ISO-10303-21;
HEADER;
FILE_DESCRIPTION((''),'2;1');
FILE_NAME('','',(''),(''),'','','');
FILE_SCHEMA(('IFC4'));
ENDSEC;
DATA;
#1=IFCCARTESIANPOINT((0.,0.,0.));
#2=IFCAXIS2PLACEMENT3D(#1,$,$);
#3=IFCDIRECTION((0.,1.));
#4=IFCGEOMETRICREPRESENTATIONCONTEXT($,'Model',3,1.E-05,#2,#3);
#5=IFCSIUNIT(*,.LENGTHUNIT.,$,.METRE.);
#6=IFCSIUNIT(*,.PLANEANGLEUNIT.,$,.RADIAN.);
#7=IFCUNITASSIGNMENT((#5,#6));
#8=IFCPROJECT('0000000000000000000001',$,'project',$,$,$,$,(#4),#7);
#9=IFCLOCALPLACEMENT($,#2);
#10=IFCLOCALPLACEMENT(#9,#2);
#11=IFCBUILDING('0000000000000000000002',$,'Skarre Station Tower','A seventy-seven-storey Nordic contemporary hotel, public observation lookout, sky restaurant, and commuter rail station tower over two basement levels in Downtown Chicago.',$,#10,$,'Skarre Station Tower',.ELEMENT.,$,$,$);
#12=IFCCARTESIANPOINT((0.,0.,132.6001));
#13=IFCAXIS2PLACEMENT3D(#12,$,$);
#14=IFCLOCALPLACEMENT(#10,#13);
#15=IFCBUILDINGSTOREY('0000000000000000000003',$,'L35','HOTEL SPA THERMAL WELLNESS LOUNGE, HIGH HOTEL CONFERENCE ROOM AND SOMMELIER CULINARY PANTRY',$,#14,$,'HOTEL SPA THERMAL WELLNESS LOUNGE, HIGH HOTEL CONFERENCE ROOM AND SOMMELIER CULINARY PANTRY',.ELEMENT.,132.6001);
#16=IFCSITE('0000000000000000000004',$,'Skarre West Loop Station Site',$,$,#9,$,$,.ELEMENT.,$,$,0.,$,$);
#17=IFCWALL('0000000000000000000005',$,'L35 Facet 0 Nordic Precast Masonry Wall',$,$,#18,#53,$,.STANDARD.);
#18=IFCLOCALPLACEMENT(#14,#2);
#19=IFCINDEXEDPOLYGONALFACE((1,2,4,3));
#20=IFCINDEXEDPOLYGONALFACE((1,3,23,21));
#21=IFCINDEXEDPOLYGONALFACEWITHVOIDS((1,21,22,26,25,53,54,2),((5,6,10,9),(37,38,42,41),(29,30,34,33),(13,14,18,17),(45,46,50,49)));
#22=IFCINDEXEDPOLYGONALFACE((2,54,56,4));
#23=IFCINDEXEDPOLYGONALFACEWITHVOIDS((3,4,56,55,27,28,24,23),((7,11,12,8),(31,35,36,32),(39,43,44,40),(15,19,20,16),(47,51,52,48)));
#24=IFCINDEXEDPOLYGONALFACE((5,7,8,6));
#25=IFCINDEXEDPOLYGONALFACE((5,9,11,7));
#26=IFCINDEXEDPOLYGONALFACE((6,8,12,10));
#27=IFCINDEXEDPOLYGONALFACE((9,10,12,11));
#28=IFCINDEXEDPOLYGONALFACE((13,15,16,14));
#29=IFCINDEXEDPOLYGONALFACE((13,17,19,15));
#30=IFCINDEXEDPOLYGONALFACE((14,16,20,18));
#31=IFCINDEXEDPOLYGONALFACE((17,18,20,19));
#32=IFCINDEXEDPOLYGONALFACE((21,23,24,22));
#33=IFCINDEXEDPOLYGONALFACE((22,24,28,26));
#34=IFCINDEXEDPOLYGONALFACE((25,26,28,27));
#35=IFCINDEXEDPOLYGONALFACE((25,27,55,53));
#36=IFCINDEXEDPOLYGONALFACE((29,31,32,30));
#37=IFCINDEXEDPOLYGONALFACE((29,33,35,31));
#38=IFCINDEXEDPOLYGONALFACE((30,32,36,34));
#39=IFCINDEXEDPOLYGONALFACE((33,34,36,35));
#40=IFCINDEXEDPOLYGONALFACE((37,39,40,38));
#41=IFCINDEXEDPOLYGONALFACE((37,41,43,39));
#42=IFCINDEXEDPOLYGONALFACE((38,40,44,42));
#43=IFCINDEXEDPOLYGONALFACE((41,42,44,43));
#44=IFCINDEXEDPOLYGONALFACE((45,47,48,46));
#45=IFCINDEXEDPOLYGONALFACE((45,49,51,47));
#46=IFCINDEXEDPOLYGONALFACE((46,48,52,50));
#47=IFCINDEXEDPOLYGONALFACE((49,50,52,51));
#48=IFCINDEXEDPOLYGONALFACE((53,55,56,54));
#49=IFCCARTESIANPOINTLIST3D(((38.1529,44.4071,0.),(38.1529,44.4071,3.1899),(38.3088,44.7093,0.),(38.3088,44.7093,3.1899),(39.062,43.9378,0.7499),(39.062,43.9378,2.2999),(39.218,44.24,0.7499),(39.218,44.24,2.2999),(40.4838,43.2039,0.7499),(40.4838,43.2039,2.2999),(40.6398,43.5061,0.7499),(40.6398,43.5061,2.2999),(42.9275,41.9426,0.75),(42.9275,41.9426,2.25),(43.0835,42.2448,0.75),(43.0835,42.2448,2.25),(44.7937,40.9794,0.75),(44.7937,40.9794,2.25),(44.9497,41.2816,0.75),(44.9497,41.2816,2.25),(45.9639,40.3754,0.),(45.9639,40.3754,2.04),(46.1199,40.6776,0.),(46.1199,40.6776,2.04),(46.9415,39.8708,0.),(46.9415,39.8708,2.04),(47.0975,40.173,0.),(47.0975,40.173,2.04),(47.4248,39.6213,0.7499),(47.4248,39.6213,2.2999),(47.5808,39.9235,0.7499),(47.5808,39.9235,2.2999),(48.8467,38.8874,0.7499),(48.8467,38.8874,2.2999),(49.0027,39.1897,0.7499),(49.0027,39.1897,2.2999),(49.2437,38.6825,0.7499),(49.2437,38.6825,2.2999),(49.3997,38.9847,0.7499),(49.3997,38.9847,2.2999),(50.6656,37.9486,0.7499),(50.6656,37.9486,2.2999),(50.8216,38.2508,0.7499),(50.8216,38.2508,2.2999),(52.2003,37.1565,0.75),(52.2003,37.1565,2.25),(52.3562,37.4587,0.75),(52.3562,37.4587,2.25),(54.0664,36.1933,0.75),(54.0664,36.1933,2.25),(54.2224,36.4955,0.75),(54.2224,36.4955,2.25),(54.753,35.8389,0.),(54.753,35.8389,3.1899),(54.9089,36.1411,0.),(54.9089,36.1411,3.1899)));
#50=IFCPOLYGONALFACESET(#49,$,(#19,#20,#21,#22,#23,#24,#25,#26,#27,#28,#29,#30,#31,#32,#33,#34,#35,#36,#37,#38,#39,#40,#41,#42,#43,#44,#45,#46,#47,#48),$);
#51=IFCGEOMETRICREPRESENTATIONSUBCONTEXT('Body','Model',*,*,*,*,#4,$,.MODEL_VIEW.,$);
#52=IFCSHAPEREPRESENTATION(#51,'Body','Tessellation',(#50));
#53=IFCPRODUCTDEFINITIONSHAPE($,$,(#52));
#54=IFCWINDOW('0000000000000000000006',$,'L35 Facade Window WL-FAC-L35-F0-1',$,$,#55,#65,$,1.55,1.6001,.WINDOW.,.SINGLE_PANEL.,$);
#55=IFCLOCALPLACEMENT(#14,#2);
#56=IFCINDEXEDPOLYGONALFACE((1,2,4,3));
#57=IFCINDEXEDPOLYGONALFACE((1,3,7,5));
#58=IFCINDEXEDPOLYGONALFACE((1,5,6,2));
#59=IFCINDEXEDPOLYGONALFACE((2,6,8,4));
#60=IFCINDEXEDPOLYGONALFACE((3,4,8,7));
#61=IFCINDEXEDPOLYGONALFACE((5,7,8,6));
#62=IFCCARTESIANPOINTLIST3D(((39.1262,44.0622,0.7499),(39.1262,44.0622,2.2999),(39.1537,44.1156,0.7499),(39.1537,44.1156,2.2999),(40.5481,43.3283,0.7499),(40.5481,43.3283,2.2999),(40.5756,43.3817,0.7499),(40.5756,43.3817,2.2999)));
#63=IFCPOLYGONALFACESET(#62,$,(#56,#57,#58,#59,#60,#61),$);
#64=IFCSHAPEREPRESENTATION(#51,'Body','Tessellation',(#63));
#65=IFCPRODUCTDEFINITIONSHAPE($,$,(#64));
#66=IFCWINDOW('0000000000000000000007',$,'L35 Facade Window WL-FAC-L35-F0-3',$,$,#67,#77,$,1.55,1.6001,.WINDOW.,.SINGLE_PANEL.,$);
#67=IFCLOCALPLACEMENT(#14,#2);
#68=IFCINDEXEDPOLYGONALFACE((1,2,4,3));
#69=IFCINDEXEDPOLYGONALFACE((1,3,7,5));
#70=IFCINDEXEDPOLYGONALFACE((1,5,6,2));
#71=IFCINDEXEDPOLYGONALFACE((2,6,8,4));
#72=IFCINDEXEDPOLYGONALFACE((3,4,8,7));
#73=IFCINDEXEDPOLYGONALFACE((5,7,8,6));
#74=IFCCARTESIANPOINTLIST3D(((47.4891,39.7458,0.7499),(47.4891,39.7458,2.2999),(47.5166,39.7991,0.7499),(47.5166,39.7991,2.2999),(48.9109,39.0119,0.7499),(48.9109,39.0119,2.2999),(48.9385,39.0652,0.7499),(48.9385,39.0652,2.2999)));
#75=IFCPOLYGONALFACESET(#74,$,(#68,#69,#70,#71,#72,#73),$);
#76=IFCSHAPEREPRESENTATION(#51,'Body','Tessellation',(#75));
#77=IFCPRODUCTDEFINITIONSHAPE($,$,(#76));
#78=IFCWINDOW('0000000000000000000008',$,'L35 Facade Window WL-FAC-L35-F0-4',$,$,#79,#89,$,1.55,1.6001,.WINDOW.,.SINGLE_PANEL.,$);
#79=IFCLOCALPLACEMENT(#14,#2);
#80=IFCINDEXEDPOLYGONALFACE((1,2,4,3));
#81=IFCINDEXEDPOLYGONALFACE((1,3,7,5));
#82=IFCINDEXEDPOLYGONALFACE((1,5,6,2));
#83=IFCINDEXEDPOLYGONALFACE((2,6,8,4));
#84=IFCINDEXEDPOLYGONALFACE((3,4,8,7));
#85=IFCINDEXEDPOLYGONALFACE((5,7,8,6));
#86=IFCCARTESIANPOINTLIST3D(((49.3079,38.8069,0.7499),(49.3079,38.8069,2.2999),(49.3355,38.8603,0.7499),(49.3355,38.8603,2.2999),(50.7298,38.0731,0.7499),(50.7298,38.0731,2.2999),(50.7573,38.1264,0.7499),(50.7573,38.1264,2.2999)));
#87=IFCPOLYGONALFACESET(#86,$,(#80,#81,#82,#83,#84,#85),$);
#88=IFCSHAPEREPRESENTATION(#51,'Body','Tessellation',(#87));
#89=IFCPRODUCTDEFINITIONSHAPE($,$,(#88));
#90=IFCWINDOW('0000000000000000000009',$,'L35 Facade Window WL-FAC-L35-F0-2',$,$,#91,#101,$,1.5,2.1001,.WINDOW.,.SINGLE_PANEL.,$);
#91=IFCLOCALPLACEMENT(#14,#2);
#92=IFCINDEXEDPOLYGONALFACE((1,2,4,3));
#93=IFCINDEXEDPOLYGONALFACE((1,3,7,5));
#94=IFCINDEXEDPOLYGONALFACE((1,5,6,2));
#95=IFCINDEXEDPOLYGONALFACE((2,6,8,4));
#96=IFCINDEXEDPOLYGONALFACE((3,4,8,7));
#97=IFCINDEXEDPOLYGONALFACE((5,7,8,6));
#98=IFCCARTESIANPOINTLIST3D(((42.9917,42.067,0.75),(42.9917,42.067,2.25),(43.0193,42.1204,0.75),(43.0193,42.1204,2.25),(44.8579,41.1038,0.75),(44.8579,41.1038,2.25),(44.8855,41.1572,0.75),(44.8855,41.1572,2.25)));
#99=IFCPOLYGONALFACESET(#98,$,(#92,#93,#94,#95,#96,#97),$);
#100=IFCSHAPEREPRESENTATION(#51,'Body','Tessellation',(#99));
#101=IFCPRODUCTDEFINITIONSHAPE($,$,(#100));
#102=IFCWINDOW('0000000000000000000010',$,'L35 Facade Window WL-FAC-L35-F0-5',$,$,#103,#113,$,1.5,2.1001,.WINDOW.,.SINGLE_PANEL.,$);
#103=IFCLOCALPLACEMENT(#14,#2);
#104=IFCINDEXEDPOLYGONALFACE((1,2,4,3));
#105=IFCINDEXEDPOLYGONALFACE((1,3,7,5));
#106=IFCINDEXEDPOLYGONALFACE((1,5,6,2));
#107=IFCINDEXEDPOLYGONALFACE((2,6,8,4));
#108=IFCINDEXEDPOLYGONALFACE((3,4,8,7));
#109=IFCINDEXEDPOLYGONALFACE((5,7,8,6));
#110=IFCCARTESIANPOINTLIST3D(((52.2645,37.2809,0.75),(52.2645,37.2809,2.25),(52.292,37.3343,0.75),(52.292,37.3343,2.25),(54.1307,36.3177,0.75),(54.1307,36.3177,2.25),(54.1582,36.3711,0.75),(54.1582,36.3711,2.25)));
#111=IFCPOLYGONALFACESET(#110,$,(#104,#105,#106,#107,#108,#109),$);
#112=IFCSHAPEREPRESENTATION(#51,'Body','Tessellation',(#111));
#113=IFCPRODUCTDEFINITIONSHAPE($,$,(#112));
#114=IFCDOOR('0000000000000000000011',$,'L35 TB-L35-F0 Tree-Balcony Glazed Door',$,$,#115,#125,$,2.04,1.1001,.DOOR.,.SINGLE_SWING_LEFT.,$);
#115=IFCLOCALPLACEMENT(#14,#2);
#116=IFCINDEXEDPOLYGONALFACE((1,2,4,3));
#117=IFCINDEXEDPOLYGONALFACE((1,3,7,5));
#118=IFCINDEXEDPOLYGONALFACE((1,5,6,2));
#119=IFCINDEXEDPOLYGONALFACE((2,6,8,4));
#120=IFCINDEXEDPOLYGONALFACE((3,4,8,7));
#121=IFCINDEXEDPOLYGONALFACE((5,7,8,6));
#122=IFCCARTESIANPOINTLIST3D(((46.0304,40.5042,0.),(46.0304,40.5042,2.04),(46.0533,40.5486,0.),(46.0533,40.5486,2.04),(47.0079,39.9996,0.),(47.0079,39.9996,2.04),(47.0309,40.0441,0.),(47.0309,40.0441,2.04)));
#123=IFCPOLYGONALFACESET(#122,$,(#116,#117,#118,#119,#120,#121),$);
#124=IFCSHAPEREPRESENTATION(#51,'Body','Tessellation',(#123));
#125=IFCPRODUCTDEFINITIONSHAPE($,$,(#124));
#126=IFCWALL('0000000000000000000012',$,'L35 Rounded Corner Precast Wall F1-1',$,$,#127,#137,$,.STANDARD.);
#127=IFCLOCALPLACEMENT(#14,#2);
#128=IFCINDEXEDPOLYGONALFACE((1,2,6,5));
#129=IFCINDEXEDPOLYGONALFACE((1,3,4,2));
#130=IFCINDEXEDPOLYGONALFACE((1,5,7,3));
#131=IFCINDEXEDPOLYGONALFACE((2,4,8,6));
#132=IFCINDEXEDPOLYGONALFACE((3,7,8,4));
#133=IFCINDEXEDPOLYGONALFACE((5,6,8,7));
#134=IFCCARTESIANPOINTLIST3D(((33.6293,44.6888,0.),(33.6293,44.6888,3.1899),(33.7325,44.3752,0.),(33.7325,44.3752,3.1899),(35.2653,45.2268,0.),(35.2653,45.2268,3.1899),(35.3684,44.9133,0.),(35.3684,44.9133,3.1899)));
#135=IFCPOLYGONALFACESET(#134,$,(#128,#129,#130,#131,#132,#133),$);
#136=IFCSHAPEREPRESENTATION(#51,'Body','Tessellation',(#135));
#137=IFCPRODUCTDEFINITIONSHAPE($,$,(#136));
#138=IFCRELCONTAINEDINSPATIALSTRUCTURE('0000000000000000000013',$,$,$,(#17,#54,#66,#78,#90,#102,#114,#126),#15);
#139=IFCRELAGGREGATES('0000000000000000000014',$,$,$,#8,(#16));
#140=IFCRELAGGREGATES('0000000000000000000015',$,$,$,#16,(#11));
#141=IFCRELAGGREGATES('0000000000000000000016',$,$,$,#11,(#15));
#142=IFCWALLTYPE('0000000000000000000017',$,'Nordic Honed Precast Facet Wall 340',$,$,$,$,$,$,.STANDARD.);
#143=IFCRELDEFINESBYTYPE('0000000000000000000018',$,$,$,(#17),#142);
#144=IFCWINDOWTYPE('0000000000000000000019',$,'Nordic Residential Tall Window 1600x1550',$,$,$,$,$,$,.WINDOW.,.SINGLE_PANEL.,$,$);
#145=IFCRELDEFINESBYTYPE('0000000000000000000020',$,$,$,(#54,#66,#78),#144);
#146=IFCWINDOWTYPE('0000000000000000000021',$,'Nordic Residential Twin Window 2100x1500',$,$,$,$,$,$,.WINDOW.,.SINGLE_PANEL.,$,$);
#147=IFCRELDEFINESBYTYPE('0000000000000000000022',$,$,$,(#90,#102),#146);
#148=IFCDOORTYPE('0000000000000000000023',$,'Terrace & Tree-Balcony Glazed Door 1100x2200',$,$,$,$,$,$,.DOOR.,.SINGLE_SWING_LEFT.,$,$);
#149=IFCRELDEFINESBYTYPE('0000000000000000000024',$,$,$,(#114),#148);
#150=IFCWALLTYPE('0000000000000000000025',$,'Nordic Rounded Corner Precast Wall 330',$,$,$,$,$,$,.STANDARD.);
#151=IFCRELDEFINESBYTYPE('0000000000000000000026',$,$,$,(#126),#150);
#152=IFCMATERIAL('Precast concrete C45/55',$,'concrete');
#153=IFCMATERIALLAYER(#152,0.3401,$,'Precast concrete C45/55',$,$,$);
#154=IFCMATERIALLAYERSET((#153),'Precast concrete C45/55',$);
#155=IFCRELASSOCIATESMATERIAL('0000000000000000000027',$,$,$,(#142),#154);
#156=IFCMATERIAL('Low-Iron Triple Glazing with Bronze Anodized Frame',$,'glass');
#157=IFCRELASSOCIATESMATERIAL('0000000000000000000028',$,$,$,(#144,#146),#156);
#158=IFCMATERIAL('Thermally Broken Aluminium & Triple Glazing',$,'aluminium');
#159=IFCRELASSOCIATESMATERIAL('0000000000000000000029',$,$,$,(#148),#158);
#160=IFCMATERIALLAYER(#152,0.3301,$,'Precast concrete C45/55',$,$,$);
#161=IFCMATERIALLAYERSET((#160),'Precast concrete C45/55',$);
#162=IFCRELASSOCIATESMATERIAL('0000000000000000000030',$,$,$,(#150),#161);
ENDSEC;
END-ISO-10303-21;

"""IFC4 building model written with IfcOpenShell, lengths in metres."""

from ifc_helpers import new_model, si_unit, direction, frame, frame_2d, origin, place, context, subcontext, project, spatial, rectangle, extrude, material, layer, layer_set, type_object, element, fill, save


model = new_model("IFC4")

# Units and contexts
model_context = context("Model", 3, precision=1e-05, world=origin(), true_north=direction((0.0, 1.0)))
body_context = subcontext(model_context, "Body", "Model", "MODEL_VIEW")
ifc_project = project(units=[si_unit("LENGTHUNIT", "METRE"), si_unit("PLANEANGLEUNIT", "RADIAN")], contexts=[model_context])

# Site, building, storey
site_placement = place(None, origin())
site = spatial("IfcSite", under=ifc_project, at=site_placement, Name="Skarre West Loop Station Site", CompositionType="ELEMENT", RefElevation=0.0)
building_placement = place(site_placement, origin())
building = spatial("IfcBuilding", under=site, at=building_placement, Name="Skarre Station Tower", Description="A seventy-seven-storey Nordic contemporary hotel, public observation lookout, sky restaurant, and commuter rail station tower over two basement levels in Downtown Chicago.", LongName="Skarre Station Tower", CompositionType="ELEMENT")
storey_placement = place(building_placement, frame((0.0, 0.0, 132.6001)))
storey = spatial("IfcBuildingStorey", under=building, at=storey_placement, Name="L35", Description="HOTEL SPA THERMAL WELLNESS LOUNGE, HIGH HOTEL CONFERENCE ROOM AND SOMMELIER CULINARY PANTRY", LongName="HOTEL SPA THERMAL WELLNESS LOUNGE, HIGH HOTEL CONFERENCE ROOM AND SOMMELIER CULINARY PANTRY", CompositionType="ELEMENT", Elevation=132.6001)

# Wall, openings, windows, door
ifc_material_1 = material(Name="Precast concrete C45/55", Category="concrete")
ifc_layer_1 = layer(ifc_material_1, 0.3401, Name="Precast concrete C45/55")
ifc_layer_set_1 = layer_set([ifc_layer_1], Name="Precast concrete C45/55")
wall_type_1 = type_object("IfcWallType", Name="Nordic Honed Precast Facet Wall 340", PredefinedType="STANDARD", material=ifc_layer_set_1)
wall_1_placement = place(storey_placement, frame((38.231, 44.5581, 0.0), z_axis=(0.0, 0.0, 1.0), x_axis=(0.888614, -0.458657, 0.0)))
wall_1 = element("IfcWall", 1, at=wall_1_placement, inside=storey, type_object=wall_type_1, Name="L35 Facet 0 Nordic Precast Masonry Wall", PredefinedType="STANDARD", context=body_context, shape_type="SweptSolid", body=[
    extrude(rectangle(XDim=18.6809, YDim=0.3401, at=frame_2d((9.3403, 0.0))), origin(), (0.0, 0.0, 1.0), 3.1899),
])
opening_1_placement = place(wall_1_placement, frame((8.79, 0.0, 0.0)))
opening_1 = element("IfcOpeningElement", 2, at=opening_1_placement, cuts=wall_1, PredefinedType="OPENING", context=body_context, shape_type="SweptSolid", body=[
    extrude(rectangle(XDim=1.1001, YDim=2.04, at=frame_2d((0.55, 1.02))), frame((0.0, 0.1799, 0.0), z_axis=(0.0, -1.0, 0.0), x_axis=(1.0, 0.0, 0.0)), (0.0, 0.0, 1.0), 0.3601),
])
opening_2_placement = place(wall_1_placement, frame((1.0229, 0.0, 0.75)))
opening_2 = element("IfcOpeningElement", 3, at=opening_2_placement, cuts=wall_1, PredefinedType="OPENING", context=body_context, shape_type="SweptSolid", body=[
    extrude(rectangle(XDim=1.6001, YDim=1.55, at=frame_2d((0.8, 0.7749))), frame((0.0, 0.1799, 0.0), z_axis=(0.0, -1.0, 0.0), x_axis=(1.0, 0.0, 0.0)), (0.0, 0.0, 1.0), 0.3601),
])
opening_3_placement = place(wall_1_placement, frame((5.373, 0.0, 0.75)))
opening_3 = element("IfcOpeningElement", 4, at=opening_3_placement, cuts=wall_1, PredefinedType="OPENING", context=body_context, shape_type="SweptSolid", body=[
    extrude(rectangle(XDim=2.1001, YDim=1.5, at=frame_2d((1.05, 0.75))), frame((0.0, 0.1799, 0.0), z_axis=(0.0, -1.0, 0.0), x_axis=(1.0, 0.0, 0.0)), (0.0, 0.0, 1.0), 0.3601),
])
opening_4_placement = place(wall_1_placement, frame((10.4341, 0.0, 0.75)))
opening_4 = element("IfcOpeningElement", 5, at=opening_4_placement, cuts=wall_1, PredefinedType="OPENING", context=body_context, shape_type="SweptSolid", body=[
    extrude(rectangle(XDim=1.6001, YDim=1.55, at=frame_2d((0.8, 0.7749))), frame((0.0, 0.1799, 0.0), z_axis=(0.0, -1.0, 0.0), x_axis=(1.0, 0.0, 0.0)), (0.0, 0.0, 1.0), 0.3601),
])
opening_5_placement = place(wall_1_placement, frame((12.481, 0.0, 0.75)))
opening_5 = element("IfcOpeningElement", 6, at=opening_5_placement, cuts=wall_1, PredefinedType="OPENING", context=body_context, shape_type="SweptSolid", body=[
    extrude(rectangle(XDim=1.6001, YDim=1.55, at=frame_2d((0.8, 0.7749))), frame((0.0, 0.1799, 0.0), z_axis=(0.0, -1.0, 0.0), x_axis=(1.0, 0.0, 0.0)), (0.0, 0.0, 1.0), 0.3601),
])
opening_6_placement = place(wall_1_placement, frame((15.8081, 0.0, 0.75)))
opening_6 = element("IfcOpeningElement", 7, at=opening_6_placement, cuts=wall_1, PredefinedType="OPENING", context=body_context, shape_type="SweptSolid", body=[
    extrude(rectangle(XDim=2.1001, YDim=1.5, at=frame_2d((1.05, 0.75))), frame((0.0, 0.1799, 0.0), z_axis=(0.0, -1.0, 0.0), x_axis=(1.0, 0.0, 0.0)), (0.0, 0.0, 1.0), 0.3601),
])
ifc_material_2 = material(Name="Low-Iron Triple Glazing with Bronze Anodized Frame", Category="glass")
window_type_1 = type_object("IfcWindowType", Name="Nordic Residential Tall Window 1600x1550", PartitioningType="SINGLE_PANEL", PredefinedType="WINDOW", material=ifc_material_2)
window_1_placement = place(opening_2_placement, origin())
window_1 = element("IfcWindow", 8, at=window_1_placement, inside=storey, type_object=window_type_1, Name="L35 Facade Window WL-FAC-L35-F0-1", OverallHeight=1.55, OverallWidth=1.6001, PartitioningType="SINGLE_PANEL", PredefinedType="WINDOW", context=body_context, shape_type="SweptSolid", body=[
    extrude(rectangle(XDim=1.6001, YDim=1.55, at=frame_2d((0.8, 0.7749))), frame((0.0, 0.03, 0.0), z_axis=(0.0, -1.0, 0.0), x_axis=(1.0, 0.0, 0.0)), (0.0, 0.0, 1.0), 0.0601),
])
fill(opening_2, window_1)
window_2_placement = place(opening_4_placement, origin())
window_2 = element("IfcWindow", 9, at=window_2_placement, inside=storey, type_object=window_type_1, Name="L35 Facade Window WL-FAC-L35-F0-3", OverallHeight=1.55, OverallWidth=1.6001, PartitioningType="SINGLE_PANEL", PredefinedType="WINDOW", context=body_context, shape_type="SweptSolid", body=[
    extrude(rectangle(XDim=1.6001, YDim=1.55, at=frame_2d((0.8, 0.7749))), frame((0.0, 0.03, 0.0), z_axis=(0.0, -1.0, 0.0), x_axis=(1.0, 0.0, 0.0)), (0.0, 0.0, 1.0), 0.0601),
])
fill(opening_4, window_2)
window_3_placement = place(opening_5_placement, origin())
window_3 = element("IfcWindow", 10, at=window_3_placement, inside=storey, type_object=window_type_1, Name="L35 Facade Window WL-FAC-L35-F0-4", OverallHeight=1.55, OverallWidth=1.6001, PartitioningType="SINGLE_PANEL", PredefinedType="WINDOW", context=body_context, shape_type="SweptSolid", body=[
    extrude(rectangle(XDim=1.6001, YDim=1.55, at=frame_2d((0.8, 0.7749))), frame((0.0, 0.03, 0.0), z_axis=(0.0, -1.0, 0.0), x_axis=(1.0, 0.0, 0.0)), (0.0, 0.0, 1.0), 0.0601),
])
fill(opening_5, window_3)
window_type_2 = type_object("IfcWindowType", Name="Nordic Residential Twin Window 2100x1500", PartitioningType="SINGLE_PANEL", PredefinedType="WINDOW", material=ifc_material_2)
window_4_placement = place(opening_3_placement, origin())
window_4 = element("IfcWindow", 11, at=window_4_placement, inside=storey, type_object=window_type_2, Name="L35 Facade Window WL-FAC-L35-F0-2", OverallHeight=1.5, OverallWidth=2.1001, PartitioningType="SINGLE_PANEL", PredefinedType="WINDOW", context=body_context, shape_type="SweptSolid", body=[
    extrude(rectangle(XDim=2.1001, YDim=1.5, at=frame_2d((1.05, 0.75))), frame((0.0, 0.03, 0.0), z_axis=(0.0, -1.0, 0.0), x_axis=(1.0, 0.0, 0.0)), (0.0, 0.0, 1.0), 0.0601),
])
fill(opening_3, window_4)
window_5_placement = place(opening_6_placement, origin())
window_5 = element("IfcWindow", 12, at=window_5_placement, inside=storey, type_object=window_type_2, Name="L35 Facade Window WL-FAC-L35-F0-5", OverallHeight=1.5, OverallWidth=2.1001, PartitioningType="SINGLE_PANEL", PredefinedType="WINDOW", context=body_context, shape_type="SweptSolid", body=[
    extrude(rectangle(XDim=2.1001, YDim=1.5, at=frame_2d((1.05, 0.75))), frame((0.0, 0.03, 0.0), z_axis=(0.0, -1.0, 0.0), x_axis=(1.0, 0.0, 0.0)), (0.0, 0.0, 1.0), 0.0601),
])
fill(opening_6, window_5)
ifc_material_3 = material(Name="Thermally Broken Aluminium & Triple Glazing", Category="aluminium")
door_type_1 = type_object("IfcDoorType", Name="Terrace & Tree-Balcony Glazed Door 1100x2200", OperationType="SINGLE_SWING_LEFT", PredefinedType="DOOR", material=ifc_material_3)
door_1_placement = place(opening_1_placement, origin())
door_1 = element("IfcDoor", 13, at=door_1_placement, inside=storey, type_object=door_type_1, Name="L35 TB-L35-F0 Tree-Balcony Glazed Door", OperationType="SINGLE_SWING_LEFT", OverallHeight=2.04, OverallWidth=1.1001, PredefinedType="DOOR", context=body_context, shape_type="SweptSolid", body=[
    extrude(rectangle(XDim=1.1001, YDim=2.04, at=frame_2d((0.55, 1.02))), frame((0.0, 0.0249, 0.0), z_axis=(0.0, -1.0, 0.0), x_axis=(1.0, 0.0, 0.0)), (0.0, 0.0, 1.0), 0.05),
])
fill(opening_1, door_1)

# Wall
ifc_layer_2 = layer(ifc_material_1, 0.3301, Name="Precast concrete C45/55")
ifc_layer_set_2 = layer_set([ifc_layer_2], Name="Precast concrete C45/55")
wall_type_2 = type_object("IfcWallType", Name="Nordic Rounded Corner Precast Wall 330", PredefinedType="STANDARD", material=ifc_layer_set_2)
wall_2_placement = place(storey_placement, frame((33.6809, 44.532, 0.0), z_axis=(0.0, 0.0, 1.0), x_axis=(0.949937, 0.31244, 0.0)))
element("IfcWall", 14, at=wall_2_placement, inside=storey, type_object=wall_type_2, Name="L35 Rounded Corner Precast Wall F1-1", PredefinedType="STANDARD", context=body_context, shape_type="SweptSolid", body=[
    extrude(rectangle(XDim=1.7222, YDim=0.3301, at=frame_2d((0.8611, 0.0))), origin(), (0.0, 0.0, 1.0), 3.1899),
])

save(model, "model.ifc")
